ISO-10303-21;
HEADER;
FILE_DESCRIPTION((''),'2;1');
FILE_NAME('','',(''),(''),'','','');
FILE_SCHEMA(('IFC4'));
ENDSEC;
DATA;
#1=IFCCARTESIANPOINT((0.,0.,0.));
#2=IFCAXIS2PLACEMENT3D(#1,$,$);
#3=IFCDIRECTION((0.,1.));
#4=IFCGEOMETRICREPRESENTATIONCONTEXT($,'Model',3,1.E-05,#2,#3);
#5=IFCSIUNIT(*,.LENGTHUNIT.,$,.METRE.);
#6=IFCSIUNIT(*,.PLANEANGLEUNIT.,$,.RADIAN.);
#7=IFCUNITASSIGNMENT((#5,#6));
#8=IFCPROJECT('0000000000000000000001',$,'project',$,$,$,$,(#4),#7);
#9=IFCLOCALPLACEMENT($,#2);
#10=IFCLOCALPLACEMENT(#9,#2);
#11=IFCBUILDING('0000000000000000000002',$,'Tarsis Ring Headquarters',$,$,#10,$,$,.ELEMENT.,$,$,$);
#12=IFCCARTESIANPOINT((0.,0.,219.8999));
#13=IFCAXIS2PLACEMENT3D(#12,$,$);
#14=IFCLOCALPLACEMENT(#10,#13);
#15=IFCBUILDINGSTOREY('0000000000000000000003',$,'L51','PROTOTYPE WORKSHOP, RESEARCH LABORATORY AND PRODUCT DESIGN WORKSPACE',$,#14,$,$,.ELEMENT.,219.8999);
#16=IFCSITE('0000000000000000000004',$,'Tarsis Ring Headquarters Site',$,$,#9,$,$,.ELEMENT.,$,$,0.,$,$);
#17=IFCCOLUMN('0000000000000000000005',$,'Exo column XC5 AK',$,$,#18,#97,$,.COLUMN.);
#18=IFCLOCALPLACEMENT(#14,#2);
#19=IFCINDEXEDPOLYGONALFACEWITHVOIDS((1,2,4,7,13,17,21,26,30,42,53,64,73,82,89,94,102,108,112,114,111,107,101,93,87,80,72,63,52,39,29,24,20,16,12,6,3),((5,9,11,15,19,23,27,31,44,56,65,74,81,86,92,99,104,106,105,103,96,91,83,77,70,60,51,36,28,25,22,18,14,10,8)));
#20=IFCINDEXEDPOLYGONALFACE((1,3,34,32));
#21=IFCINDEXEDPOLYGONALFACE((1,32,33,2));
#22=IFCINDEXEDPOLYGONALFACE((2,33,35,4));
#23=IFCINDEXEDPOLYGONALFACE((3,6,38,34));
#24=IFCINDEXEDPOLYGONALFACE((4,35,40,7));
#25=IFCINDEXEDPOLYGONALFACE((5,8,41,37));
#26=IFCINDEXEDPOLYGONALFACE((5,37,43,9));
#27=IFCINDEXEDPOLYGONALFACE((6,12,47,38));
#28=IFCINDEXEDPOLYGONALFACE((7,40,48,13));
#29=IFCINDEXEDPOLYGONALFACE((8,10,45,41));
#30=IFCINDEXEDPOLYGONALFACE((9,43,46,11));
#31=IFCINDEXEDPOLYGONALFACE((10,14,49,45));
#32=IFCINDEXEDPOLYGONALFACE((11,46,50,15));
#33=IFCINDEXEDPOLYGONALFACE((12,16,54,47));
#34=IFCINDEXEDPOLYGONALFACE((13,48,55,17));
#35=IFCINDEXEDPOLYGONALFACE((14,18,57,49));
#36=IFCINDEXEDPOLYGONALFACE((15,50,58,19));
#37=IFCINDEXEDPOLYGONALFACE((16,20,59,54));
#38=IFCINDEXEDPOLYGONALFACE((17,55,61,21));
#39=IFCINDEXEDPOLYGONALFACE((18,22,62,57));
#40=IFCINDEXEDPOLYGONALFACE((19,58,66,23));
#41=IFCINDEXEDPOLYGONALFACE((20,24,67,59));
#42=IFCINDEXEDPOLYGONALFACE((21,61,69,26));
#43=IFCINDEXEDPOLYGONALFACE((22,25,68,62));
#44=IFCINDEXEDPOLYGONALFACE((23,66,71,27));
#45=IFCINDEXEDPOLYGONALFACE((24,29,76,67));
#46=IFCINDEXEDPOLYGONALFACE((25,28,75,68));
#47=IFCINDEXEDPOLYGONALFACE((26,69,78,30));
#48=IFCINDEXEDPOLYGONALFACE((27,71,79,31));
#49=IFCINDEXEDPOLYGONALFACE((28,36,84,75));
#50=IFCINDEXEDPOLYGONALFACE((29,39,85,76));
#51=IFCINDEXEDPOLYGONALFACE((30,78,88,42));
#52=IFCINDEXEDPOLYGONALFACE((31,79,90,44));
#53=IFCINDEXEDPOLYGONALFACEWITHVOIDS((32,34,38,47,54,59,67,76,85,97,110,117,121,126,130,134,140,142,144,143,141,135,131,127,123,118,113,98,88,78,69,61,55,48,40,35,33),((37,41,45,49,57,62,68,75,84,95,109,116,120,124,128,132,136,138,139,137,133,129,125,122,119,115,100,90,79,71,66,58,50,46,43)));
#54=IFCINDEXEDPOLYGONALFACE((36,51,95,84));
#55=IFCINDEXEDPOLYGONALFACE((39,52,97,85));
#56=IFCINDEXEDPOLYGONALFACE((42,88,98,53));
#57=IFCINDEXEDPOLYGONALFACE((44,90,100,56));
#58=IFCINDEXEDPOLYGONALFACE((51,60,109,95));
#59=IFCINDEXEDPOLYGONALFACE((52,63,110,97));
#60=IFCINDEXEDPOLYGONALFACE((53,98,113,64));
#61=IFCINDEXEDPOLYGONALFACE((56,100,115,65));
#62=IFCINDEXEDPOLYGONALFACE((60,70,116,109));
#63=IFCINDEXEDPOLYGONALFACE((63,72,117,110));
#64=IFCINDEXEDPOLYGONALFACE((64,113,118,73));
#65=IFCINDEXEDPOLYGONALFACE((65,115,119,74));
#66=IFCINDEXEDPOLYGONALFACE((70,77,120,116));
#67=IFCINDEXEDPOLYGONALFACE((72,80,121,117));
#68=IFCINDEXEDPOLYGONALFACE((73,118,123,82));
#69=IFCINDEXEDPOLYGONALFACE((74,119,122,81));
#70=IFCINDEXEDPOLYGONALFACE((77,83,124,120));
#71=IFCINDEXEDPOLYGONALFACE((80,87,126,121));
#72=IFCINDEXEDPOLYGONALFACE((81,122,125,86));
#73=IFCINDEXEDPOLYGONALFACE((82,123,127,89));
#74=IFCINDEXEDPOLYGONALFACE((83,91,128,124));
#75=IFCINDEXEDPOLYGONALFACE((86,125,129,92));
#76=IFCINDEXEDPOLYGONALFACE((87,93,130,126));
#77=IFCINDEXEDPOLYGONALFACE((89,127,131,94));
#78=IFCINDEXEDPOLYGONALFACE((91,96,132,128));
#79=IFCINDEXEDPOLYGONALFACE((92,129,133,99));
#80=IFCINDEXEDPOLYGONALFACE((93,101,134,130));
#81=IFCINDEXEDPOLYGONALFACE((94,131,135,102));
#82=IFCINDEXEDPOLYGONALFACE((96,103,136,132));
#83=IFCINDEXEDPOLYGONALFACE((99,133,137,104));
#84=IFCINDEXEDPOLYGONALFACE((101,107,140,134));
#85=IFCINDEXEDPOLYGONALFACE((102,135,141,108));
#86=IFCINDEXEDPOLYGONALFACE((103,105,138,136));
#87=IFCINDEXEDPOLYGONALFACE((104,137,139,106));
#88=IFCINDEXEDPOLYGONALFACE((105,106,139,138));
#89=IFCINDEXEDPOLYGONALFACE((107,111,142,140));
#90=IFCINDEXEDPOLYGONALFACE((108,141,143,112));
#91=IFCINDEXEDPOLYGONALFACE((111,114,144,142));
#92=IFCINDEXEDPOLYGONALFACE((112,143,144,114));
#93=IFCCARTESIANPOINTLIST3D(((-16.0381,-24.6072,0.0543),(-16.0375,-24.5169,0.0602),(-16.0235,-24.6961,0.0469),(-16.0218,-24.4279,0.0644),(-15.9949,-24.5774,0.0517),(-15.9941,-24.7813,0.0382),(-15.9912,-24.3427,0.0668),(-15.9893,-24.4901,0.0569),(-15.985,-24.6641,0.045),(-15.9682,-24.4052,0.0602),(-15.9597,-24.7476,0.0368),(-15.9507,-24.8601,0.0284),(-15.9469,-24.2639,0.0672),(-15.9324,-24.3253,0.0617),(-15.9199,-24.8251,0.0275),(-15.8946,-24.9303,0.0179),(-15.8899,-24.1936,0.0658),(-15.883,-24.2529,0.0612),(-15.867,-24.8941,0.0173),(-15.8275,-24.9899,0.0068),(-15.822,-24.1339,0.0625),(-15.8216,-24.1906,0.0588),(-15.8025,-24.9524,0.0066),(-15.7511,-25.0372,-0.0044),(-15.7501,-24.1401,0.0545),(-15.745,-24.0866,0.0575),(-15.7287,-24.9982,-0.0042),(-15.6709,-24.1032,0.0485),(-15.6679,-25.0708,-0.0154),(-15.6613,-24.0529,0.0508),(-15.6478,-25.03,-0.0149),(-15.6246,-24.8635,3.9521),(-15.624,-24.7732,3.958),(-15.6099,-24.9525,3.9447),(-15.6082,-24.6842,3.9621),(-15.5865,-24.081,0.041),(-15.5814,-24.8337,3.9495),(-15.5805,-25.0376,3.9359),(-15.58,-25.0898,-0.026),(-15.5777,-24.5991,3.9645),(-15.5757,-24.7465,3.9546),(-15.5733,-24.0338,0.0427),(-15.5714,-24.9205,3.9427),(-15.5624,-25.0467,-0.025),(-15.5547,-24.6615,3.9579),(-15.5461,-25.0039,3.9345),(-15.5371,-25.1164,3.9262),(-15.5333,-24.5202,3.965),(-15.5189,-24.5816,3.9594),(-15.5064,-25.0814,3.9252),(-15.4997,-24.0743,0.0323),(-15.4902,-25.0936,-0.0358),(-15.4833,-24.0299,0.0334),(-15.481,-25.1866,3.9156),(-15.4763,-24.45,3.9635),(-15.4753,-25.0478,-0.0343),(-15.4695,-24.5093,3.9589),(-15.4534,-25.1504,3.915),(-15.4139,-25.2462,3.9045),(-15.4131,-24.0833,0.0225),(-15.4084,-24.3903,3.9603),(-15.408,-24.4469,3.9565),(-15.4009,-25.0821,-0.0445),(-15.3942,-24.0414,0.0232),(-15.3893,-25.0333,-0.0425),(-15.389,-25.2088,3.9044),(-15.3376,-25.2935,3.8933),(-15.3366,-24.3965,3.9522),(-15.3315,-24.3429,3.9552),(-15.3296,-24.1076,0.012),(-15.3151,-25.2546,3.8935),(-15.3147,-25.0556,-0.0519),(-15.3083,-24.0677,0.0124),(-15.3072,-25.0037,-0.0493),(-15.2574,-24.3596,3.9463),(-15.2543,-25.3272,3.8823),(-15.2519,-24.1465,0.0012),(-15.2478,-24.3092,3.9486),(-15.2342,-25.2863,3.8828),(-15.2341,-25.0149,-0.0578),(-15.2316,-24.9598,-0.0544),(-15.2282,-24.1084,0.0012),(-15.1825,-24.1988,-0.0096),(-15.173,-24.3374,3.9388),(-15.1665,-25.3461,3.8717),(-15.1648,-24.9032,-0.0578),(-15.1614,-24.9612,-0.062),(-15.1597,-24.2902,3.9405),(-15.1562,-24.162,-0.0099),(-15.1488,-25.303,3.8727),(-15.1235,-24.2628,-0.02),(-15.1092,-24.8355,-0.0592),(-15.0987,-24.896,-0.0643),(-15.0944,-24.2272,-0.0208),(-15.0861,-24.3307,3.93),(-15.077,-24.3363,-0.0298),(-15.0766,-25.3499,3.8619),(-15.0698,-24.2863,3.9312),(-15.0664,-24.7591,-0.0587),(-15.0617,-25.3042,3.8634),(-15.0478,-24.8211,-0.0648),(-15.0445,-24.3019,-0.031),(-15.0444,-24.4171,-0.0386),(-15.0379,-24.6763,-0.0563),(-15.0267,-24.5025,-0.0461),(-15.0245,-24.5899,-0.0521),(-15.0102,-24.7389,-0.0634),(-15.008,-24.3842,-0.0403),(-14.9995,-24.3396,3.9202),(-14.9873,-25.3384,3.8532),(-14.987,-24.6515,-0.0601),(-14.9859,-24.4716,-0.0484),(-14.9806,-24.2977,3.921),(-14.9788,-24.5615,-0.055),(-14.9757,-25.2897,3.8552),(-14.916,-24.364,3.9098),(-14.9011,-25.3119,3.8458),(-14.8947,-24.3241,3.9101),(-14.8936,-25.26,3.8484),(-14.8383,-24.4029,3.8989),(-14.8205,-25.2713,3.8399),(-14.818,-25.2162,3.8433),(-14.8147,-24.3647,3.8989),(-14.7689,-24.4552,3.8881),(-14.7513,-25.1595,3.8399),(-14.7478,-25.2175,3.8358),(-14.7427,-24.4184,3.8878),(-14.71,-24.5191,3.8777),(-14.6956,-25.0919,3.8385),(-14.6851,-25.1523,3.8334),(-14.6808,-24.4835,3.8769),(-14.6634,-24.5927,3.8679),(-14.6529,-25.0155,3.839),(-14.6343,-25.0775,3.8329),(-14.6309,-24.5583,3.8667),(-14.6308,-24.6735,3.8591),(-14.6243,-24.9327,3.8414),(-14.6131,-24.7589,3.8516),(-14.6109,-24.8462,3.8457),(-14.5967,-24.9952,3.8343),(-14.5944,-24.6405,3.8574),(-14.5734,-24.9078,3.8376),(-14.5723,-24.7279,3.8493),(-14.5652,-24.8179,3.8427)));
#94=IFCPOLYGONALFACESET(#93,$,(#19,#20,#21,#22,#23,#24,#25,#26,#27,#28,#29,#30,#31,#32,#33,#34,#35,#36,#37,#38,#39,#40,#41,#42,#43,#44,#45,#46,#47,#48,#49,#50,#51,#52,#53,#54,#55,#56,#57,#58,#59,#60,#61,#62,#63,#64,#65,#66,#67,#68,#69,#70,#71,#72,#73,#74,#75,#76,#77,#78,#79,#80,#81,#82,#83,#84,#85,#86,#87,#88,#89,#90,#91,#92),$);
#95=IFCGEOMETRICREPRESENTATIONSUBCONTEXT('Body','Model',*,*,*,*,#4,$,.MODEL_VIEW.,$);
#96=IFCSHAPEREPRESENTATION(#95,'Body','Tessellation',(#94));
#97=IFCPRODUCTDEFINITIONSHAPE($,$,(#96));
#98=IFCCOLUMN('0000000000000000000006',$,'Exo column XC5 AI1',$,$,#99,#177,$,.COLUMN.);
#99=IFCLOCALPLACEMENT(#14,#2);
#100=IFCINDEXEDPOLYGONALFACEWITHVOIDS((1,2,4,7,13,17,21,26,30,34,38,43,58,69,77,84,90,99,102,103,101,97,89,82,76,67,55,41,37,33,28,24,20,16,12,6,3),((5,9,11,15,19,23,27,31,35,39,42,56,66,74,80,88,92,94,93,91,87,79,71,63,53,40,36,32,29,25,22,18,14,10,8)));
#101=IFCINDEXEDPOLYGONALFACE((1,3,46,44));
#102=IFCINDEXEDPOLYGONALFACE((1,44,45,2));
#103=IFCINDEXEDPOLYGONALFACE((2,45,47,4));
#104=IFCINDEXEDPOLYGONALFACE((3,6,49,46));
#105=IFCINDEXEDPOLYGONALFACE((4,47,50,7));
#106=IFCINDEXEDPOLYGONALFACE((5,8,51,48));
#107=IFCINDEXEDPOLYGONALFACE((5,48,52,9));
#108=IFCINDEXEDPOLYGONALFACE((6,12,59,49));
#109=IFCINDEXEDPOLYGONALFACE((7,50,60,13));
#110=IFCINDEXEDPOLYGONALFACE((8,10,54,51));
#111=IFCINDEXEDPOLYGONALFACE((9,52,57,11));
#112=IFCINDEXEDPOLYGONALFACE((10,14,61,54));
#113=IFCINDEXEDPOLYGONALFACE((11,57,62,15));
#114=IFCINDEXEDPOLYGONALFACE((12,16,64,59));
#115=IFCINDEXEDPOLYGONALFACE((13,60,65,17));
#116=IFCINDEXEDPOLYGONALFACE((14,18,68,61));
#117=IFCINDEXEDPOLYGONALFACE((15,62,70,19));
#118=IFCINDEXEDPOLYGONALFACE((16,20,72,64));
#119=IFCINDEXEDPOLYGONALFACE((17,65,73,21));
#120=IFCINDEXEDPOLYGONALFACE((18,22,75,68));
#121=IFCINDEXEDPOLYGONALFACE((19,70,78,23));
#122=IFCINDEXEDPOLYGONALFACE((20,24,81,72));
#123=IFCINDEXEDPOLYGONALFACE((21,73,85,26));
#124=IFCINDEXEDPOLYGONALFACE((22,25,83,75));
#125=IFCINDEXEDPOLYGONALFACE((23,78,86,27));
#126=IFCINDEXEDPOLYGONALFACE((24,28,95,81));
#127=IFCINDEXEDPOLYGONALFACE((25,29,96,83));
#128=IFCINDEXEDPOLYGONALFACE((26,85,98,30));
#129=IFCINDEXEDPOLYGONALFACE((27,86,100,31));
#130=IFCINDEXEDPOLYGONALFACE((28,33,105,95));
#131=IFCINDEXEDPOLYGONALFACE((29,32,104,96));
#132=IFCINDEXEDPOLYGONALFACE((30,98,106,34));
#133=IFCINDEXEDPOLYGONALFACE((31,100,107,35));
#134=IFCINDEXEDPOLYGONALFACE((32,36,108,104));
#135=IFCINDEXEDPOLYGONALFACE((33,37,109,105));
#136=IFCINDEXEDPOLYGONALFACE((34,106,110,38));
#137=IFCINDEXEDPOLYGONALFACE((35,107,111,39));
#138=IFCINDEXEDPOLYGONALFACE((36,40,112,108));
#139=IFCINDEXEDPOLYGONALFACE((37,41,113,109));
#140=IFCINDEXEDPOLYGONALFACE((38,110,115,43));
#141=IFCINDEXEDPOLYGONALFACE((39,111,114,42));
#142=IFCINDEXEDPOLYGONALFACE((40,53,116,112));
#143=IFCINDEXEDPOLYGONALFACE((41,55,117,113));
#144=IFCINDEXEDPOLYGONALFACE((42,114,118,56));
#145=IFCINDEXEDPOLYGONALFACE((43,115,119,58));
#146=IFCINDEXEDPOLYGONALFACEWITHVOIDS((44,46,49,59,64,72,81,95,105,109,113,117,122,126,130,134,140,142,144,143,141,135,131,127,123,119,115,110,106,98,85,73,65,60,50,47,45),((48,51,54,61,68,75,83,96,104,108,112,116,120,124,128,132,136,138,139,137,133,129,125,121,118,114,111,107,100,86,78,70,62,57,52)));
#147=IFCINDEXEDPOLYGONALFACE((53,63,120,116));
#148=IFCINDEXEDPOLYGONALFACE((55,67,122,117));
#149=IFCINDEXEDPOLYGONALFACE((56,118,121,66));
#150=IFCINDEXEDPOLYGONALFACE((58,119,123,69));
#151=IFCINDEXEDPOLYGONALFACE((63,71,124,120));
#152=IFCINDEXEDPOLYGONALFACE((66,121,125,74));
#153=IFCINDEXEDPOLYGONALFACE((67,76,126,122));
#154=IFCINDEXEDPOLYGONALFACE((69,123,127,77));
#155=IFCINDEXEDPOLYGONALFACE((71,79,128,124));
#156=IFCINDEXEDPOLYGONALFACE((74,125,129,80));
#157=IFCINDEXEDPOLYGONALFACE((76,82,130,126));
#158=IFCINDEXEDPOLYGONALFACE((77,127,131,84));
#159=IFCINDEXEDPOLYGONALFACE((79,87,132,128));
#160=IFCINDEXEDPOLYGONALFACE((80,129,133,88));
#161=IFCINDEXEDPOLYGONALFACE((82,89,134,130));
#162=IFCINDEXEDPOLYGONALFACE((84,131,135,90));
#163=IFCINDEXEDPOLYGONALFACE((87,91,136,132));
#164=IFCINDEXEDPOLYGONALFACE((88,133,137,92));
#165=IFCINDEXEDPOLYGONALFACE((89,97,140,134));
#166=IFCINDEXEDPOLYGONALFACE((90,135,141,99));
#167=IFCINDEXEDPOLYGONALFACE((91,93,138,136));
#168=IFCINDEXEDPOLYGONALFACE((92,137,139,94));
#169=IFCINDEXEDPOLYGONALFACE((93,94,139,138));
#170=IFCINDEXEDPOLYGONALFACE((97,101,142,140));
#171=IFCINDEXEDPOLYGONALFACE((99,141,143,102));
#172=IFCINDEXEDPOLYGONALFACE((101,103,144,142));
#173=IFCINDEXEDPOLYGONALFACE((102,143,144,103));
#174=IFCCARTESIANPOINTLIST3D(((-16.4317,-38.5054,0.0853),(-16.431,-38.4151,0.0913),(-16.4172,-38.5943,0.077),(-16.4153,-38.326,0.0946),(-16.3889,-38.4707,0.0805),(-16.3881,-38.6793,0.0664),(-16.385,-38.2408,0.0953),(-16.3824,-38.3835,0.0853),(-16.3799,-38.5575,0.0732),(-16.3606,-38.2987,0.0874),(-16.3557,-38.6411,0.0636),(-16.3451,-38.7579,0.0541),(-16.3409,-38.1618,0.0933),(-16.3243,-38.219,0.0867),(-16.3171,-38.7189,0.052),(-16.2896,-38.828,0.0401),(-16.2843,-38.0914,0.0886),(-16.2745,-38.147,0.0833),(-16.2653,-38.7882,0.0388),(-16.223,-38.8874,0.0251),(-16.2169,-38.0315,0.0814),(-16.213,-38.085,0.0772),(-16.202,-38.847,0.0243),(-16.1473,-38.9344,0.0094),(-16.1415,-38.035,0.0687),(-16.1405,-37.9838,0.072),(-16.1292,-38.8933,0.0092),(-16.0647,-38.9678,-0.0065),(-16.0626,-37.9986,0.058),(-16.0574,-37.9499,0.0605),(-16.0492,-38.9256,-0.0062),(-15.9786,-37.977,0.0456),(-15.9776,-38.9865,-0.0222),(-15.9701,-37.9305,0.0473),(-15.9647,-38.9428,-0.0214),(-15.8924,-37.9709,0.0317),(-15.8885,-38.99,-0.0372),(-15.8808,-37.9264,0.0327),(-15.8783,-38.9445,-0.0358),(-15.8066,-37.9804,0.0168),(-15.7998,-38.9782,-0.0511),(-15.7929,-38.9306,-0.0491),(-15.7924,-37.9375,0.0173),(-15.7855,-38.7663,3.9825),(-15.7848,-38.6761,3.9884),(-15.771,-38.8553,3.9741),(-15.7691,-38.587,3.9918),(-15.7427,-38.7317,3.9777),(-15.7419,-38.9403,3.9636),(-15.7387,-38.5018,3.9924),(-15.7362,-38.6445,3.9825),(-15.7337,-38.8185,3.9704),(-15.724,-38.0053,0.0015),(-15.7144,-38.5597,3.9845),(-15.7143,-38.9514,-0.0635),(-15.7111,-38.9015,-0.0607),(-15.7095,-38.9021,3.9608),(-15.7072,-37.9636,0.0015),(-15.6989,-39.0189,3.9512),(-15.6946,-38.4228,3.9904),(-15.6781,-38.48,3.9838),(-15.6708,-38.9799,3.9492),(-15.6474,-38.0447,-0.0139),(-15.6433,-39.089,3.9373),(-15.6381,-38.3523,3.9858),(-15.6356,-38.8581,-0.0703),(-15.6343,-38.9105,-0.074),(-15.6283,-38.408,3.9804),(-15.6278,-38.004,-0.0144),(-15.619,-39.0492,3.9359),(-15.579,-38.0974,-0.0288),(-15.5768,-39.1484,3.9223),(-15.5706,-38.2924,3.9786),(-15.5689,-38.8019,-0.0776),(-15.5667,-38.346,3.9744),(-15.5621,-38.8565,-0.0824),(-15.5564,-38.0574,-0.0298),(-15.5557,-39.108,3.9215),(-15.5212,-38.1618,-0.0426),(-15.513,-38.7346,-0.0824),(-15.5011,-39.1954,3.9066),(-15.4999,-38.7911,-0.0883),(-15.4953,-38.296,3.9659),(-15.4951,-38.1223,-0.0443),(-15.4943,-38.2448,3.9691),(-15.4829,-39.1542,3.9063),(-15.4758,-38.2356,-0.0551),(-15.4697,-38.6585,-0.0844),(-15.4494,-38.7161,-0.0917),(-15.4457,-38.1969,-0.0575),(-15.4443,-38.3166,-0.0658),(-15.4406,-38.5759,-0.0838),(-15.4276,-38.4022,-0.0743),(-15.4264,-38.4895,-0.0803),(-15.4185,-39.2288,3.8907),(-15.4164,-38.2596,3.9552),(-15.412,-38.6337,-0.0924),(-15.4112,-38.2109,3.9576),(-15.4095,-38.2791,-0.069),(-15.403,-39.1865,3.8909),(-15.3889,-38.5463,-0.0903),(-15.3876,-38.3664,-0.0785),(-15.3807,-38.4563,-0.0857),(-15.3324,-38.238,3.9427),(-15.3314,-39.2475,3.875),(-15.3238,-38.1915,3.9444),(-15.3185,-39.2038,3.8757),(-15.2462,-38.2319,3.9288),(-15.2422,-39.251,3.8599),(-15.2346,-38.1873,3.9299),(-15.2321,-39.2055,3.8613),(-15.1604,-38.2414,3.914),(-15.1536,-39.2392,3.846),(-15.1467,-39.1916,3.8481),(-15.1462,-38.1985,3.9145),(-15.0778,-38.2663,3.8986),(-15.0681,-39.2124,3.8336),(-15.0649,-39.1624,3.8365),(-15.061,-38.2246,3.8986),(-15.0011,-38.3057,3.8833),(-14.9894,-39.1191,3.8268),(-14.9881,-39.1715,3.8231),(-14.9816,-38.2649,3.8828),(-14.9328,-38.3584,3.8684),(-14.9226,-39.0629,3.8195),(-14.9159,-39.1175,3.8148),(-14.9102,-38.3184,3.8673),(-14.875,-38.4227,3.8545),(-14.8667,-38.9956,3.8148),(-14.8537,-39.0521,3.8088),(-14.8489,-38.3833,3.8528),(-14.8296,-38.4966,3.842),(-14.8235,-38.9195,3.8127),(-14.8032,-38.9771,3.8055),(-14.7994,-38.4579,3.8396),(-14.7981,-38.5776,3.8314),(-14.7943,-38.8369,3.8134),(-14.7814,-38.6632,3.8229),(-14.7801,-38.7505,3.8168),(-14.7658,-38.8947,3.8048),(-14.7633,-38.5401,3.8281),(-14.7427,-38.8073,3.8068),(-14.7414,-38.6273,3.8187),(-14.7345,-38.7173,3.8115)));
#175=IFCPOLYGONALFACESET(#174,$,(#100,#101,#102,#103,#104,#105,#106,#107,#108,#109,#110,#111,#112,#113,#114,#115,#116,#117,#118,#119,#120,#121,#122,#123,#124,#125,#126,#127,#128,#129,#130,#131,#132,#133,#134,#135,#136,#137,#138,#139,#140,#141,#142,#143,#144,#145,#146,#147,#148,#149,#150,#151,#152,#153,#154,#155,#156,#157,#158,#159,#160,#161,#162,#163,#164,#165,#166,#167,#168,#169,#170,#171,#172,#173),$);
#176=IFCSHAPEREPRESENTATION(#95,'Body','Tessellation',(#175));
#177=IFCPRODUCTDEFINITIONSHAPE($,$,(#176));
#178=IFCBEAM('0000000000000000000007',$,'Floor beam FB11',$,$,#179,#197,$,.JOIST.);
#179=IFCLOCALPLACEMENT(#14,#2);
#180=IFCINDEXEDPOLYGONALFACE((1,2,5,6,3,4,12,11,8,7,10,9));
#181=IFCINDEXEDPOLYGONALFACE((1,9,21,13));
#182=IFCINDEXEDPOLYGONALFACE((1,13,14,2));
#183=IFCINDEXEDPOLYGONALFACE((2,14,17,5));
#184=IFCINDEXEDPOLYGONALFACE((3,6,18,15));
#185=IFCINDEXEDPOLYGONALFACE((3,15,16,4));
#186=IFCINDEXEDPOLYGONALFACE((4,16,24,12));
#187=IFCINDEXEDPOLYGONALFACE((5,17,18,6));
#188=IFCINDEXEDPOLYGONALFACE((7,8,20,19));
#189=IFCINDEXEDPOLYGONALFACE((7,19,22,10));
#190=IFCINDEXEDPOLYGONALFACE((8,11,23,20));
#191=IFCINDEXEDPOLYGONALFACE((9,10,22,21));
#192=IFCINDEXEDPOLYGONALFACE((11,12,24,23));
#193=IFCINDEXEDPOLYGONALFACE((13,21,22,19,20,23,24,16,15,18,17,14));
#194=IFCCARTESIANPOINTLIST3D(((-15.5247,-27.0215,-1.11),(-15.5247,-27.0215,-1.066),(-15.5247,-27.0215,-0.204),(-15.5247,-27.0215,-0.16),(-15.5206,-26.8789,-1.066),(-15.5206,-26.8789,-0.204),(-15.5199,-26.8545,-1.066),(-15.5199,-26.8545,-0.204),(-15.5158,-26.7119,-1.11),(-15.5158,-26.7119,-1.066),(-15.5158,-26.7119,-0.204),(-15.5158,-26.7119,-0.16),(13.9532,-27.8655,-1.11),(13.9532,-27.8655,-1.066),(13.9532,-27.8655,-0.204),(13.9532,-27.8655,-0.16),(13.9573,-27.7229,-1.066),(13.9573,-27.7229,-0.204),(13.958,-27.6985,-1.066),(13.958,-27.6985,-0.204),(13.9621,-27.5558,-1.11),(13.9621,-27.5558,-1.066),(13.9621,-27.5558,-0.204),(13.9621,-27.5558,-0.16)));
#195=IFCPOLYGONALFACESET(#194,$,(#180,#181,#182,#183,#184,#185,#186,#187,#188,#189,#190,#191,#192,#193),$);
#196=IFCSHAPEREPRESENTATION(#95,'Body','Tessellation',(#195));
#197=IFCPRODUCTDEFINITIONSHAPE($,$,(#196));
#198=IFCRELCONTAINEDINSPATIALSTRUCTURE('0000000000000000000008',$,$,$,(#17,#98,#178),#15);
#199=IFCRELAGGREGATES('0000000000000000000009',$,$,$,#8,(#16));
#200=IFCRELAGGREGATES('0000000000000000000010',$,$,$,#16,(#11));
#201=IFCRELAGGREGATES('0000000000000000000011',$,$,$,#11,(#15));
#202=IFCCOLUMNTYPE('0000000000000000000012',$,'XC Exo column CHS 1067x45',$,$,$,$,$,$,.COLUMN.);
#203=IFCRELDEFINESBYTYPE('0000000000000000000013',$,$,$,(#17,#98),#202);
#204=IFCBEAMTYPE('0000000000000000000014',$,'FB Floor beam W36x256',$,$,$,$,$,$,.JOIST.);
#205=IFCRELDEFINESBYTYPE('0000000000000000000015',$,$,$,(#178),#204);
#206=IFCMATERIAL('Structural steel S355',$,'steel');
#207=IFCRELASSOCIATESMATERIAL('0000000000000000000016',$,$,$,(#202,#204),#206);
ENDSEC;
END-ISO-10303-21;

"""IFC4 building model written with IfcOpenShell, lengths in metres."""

from ifc_helpers import new_model, si_unit, direction, frame, origin, origin_2d, place, context, subcontext, project, spatial, hollow_circle, i_section, extrude, material, material_profile, profile_set, type_object, element, save


model = new_model("IFC4")

# Units and contexts
model_context = context("Model", 3, precision=1e-05, world=origin(), true_north=direction((0.0, 1.0)))
body_context = subcontext(model_context, "Body", "Model", "MODEL_VIEW")
ifc_project = project(units=[si_unit("LENGTHUNIT", "METRE"), si_unit("PLANEANGLEUNIT", "RADIAN")], contexts=[model_context])

# Site, building, storey
site_placement = place(None, origin())
site = spatial("IfcSite", under=ifc_project, at=site_placement, Name="Tarsis Ring Headquarters Site", CompositionType="ELEMENT", RefElevation=0.0)
building_placement = place(site_placement, origin())
building = spatial("IfcBuilding", under=site, at=building_placement, Name="Tarsis Ring Headquarters", CompositionType="ELEMENT")
storey_placement = place(building_placement, frame((0.0, 0.0, 219.8999)))
storey = spatial("IfcBuildingStorey", under=building, at=storey_placement, Name="L51", Description="PROTOTYPE WORKSHOP, RESEARCH LABORATORY AND PRODUCT DESIGN WORKSPACE", CompositionType="ELEMENT", Elevation=219.8999)

# Columns
ifc_material_1 = material(Name="Structural steel S355", Category="steel")
ifc_material_profile_1 = material_profile(ifc_material_1, hollow_circle(Radius=0.5334, WallThickness=0.0449, at=origin_2d()), Name="CHS 1067x45")
ifc_profile_set_1 = profile_set([ifc_material_profile_1], Name="Structural steel S355")
column_type = type_object("IfcColumnType", Name="XC Exo column CHS 1067x45", PredefinedType="COLUMN", material=ifc_profile_set_1)
column_1_placement = place(storey_placement, frame((-15.5093, -24.5618, 0.0012), z_axis=(0.10529, -0.065262, 0.992298), x_axis=(0.526838, 0.849966, 0.0)))
element("IfcColumn", 1, at=column_1_placement, inside=storey, type_object=column_type, Name="Exo column XC5 AK", PredefinedType="COLUMN", context=body_context, shape_type="SweptSolid", body=[
    extrude(hollow_circle(Radius=0.5334, WallThickness=0.0449, at=origin_2d()), origin(), (0.0, 0.0, 1.0), 3.928),
])
column_2_placement = place(storey_placement, frame((-15.907, -38.4583, 0.0015), z_axis=(0.163231, -0.065922, 0.984383), x_axis=(0.374469, 0.927239, 0.0)))
element("IfcColumn", 2, at=column_2_placement, inside=storey, type_object=column_type, Name="Exo column XC5 AI1", PredefinedType="COLUMN", context=body_context, shape_type="SweptSolid", body=[
    extrude(hollow_circle(Radius=0.5334, WallThickness=0.0449, at=origin_2d()), origin(), (0.0, 0.0, 1.0), 3.959),
])

# Beam
ifc_material_profile_2 = material_profile(ifc_material_1, i_section(OverallWidth=0.3098, OverallDepth=0.95, WebThickness=0.0244, FlangeThickness=0.0439, at=origin_2d()), Name="W36x256")
ifc_profile_set_2 = profile_set([ifc_material_profile_2], Name="Structural steel S355")
beam_type_1 = type_object("IfcBeamType", Name="FB Floor beam W36x256", PredefinedType="JOIST", material=ifc_profile_set_2)
for number, where, z_axis, x_axis, name in (
    (3, (-15.5203, -26.8667, -0.635), (0.99959, -0.02862, 0.0), (0.02862, 0.99959, 0.0), "Floor beam FB11"),
):
    element("IfcBeam", number, at=place(storey_placement, frame(where, z_axis=z_axis, x_axis=x_axis)), inside=storey, type_object=beam_type_1, Name=name, PredefinedType="JOIST", context=body_context, shape_type="SweptSolid", body=[
        extrude(i_section(OverallWidth=0.3098, OverallDepth=0.95, WebThickness=0.0244, FlangeThickness=0.0439, at=origin_2d()), origin(), (0.0, 0.0, 1.0), 29.49),
    ])

save(model, "model.ifc")
